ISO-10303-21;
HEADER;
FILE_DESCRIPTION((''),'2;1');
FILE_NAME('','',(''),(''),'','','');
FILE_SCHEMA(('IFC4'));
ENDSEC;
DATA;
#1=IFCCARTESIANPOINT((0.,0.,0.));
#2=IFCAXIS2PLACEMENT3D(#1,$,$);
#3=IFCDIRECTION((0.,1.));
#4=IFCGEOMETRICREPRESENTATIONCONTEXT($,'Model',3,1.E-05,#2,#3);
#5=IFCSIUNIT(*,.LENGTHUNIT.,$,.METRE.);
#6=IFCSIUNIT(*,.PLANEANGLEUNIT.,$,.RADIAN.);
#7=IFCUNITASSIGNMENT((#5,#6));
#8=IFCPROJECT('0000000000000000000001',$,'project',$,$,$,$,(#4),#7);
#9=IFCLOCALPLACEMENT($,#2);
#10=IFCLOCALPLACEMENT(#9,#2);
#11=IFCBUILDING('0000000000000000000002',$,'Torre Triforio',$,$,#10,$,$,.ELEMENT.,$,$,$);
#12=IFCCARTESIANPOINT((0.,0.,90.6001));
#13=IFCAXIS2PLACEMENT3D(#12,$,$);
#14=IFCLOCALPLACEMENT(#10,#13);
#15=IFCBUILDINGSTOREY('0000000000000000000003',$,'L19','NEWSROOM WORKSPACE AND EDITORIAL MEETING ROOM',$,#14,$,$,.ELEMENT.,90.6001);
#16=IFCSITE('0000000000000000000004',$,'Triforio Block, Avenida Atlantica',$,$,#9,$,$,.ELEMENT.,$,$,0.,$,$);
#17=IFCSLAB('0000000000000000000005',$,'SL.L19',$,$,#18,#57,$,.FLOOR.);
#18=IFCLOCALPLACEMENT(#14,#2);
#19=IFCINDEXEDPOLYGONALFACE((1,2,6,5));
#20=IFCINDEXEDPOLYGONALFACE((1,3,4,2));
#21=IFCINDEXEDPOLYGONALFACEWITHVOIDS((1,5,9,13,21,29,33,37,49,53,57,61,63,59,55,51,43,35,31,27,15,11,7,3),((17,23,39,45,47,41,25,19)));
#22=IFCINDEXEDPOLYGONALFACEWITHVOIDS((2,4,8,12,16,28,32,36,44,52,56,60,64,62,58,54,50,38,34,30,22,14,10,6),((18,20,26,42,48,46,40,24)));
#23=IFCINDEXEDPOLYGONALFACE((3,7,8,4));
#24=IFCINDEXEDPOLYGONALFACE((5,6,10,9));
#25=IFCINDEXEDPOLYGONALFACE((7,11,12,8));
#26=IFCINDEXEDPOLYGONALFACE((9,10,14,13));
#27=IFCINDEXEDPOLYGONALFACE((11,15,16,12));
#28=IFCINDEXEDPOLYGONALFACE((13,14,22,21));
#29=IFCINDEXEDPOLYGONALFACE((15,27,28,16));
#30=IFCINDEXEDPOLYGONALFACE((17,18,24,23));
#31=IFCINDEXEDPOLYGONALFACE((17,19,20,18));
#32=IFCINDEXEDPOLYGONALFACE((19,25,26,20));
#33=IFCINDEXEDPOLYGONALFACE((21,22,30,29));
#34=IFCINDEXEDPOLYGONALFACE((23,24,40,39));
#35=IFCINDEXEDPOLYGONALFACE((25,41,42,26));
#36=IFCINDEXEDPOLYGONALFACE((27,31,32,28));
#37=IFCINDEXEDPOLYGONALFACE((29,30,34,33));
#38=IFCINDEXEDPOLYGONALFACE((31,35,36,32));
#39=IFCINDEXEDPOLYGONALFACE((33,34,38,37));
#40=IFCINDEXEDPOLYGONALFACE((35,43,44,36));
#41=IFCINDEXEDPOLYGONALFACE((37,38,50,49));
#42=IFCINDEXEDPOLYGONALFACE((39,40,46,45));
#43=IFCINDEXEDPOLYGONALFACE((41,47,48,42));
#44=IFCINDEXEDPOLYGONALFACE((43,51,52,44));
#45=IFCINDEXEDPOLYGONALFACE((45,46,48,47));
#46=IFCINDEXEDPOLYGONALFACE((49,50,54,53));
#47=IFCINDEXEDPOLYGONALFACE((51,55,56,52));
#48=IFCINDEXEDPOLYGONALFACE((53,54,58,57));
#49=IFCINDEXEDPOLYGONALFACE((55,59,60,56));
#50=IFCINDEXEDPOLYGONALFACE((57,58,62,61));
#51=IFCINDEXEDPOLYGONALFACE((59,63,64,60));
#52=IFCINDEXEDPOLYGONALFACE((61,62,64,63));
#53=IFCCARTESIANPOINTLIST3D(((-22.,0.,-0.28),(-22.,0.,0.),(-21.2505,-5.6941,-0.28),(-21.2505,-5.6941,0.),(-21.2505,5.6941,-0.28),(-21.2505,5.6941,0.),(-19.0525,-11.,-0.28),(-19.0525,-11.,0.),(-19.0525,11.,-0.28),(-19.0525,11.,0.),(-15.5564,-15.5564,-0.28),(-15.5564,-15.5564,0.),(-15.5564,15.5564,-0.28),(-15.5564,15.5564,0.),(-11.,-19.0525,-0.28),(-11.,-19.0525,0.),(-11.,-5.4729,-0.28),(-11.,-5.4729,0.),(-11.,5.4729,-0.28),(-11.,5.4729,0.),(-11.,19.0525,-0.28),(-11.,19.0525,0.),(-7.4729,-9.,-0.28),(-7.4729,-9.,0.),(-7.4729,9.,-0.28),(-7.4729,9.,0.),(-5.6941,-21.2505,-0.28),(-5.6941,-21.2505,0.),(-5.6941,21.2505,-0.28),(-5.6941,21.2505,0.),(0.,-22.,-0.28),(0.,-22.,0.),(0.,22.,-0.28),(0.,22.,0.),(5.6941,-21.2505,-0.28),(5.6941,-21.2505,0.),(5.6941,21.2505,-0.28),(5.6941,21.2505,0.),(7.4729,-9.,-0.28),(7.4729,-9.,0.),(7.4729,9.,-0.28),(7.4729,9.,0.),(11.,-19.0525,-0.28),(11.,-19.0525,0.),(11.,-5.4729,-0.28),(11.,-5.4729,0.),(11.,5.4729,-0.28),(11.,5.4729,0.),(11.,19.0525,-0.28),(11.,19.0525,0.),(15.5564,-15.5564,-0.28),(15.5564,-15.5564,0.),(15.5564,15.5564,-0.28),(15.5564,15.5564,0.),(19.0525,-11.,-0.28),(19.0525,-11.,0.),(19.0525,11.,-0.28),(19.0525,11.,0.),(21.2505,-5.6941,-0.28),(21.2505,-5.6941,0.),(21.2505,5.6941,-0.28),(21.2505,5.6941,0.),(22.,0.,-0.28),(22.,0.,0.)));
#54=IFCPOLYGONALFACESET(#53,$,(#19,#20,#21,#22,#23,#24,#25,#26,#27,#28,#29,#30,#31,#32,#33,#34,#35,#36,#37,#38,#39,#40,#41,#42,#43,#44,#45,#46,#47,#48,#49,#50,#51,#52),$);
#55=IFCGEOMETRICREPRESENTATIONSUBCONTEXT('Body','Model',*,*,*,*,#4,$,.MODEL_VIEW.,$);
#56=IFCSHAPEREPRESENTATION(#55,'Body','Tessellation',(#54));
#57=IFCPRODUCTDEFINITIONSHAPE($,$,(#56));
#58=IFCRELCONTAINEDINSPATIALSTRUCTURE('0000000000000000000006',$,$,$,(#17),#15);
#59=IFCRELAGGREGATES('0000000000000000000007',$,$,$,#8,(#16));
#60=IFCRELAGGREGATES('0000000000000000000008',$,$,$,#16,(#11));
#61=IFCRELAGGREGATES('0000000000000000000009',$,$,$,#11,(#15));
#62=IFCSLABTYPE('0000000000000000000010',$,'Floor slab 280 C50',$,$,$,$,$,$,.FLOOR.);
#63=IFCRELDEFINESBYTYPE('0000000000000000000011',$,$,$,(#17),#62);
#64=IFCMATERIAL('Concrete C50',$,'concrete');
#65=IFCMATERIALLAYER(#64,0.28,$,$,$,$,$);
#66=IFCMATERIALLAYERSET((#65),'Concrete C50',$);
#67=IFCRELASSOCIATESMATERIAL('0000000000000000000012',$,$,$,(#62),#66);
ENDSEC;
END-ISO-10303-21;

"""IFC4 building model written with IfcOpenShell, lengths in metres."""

from ifc_helpers import new_model, si_unit, direction, frame, origin, place, context, subcontext, project, spatial, polyline, outline, extrude, material, layer, layer_set, type_object, element, save


model = new_model("IFC4")

# Units and contexts
model_context = context("Model", 3, precision=1e-05, world=origin(), true_north=direction((0.0, 1.0)))
body_context = subcontext(model_context, "Body", "Model", "MODEL_VIEW")
ifc_project = project(units=[si_unit("LENGTHUNIT", "METRE"), si_unit("PLANEANGLEUNIT", "RADIAN")], contexts=[model_context])

# Site, building, storey
site_placement = place(None, origin())
site = spatial("IfcSite", under=ifc_project, at=site_placement, Name="Triforio Block, Avenida Atlantica", CompositionType="ELEMENT", RefElevation=0.0)
building_placement = place(site_placement, origin())
building = spatial("IfcBuilding", under=site, at=building_placement, Name="Torre Triforio", CompositionType="ELEMENT")
storey_placement = place(building_placement, frame((0.0, 0.0, 90.6001)))
storey = spatial("IfcBuildingStorey", under=building, at=storey_placement, Name="L19", Description="NEWSROOM WORKSPACE AND EDITORIAL MEETING ROOM", CompositionType="ELEMENT", Elevation=90.6001)

# Slab
ifc_material_1 = material(Name="Concrete C50", Category="concrete")
ifc_layer_1 = layer(ifc_material_1, 0.28)
ifc_layer_set_1 = layer_set([ifc_layer_1], Name="Concrete C50")
slab_type_1 = type_object("IfcSlabType", Name="Floor slab 280 C50", PredefinedType="FLOOR", material=ifc_layer_set_1)
slab_1_placement = place(storey_placement, frame((0.0, 0.0, -0.28)))
element("IfcSlab", 1, at=slab_1_placement, inside=storey, type_object=slab_type_1, Name="SL.L19", PredefinedType="FLOOR", context=body_context, shape_type="SweptSolid", body=[
    extrude(outline(polyline([(19.0525, -11.0), (21.2505, -5.6941), (22.0, 0.0), (21.2505, 5.6941), (19.0525, 11.0), (15.5564, 15.5564), (11.0, 19.0525), (5.6941, 21.2505), (0.0, 22.0), (-5.6941, 21.2505), (-11.0, 19.0525), (-15.5564, 15.5564), (-19.0525, 11.0), (-21.2505, 5.6941), (-22.0, 0.0), (-21.2505, -5.6941), (-19.0525, -11.0), (-15.5564, -15.5564), (-11.0, -19.0525), (-5.6941, -21.2505), (0.0, -22.0), (5.6941, -21.2505), (11.0, -19.0525), (15.5564, -15.5564), (19.0525, -11.0)]), holes=[polyline([(11.0, 5.4729), (11.0, -5.4729), (7.4729, -9.0), (-7.4729, -9.0), (-11.0, -5.4729), (-11.0, 5.4729), (-7.4729, 9.0), (7.4729, 9.0), (11.0, 5.4729)])]), origin(), (0.0, 0.0, 1.0), 0.28),
])

save(model, "model.ifc")
